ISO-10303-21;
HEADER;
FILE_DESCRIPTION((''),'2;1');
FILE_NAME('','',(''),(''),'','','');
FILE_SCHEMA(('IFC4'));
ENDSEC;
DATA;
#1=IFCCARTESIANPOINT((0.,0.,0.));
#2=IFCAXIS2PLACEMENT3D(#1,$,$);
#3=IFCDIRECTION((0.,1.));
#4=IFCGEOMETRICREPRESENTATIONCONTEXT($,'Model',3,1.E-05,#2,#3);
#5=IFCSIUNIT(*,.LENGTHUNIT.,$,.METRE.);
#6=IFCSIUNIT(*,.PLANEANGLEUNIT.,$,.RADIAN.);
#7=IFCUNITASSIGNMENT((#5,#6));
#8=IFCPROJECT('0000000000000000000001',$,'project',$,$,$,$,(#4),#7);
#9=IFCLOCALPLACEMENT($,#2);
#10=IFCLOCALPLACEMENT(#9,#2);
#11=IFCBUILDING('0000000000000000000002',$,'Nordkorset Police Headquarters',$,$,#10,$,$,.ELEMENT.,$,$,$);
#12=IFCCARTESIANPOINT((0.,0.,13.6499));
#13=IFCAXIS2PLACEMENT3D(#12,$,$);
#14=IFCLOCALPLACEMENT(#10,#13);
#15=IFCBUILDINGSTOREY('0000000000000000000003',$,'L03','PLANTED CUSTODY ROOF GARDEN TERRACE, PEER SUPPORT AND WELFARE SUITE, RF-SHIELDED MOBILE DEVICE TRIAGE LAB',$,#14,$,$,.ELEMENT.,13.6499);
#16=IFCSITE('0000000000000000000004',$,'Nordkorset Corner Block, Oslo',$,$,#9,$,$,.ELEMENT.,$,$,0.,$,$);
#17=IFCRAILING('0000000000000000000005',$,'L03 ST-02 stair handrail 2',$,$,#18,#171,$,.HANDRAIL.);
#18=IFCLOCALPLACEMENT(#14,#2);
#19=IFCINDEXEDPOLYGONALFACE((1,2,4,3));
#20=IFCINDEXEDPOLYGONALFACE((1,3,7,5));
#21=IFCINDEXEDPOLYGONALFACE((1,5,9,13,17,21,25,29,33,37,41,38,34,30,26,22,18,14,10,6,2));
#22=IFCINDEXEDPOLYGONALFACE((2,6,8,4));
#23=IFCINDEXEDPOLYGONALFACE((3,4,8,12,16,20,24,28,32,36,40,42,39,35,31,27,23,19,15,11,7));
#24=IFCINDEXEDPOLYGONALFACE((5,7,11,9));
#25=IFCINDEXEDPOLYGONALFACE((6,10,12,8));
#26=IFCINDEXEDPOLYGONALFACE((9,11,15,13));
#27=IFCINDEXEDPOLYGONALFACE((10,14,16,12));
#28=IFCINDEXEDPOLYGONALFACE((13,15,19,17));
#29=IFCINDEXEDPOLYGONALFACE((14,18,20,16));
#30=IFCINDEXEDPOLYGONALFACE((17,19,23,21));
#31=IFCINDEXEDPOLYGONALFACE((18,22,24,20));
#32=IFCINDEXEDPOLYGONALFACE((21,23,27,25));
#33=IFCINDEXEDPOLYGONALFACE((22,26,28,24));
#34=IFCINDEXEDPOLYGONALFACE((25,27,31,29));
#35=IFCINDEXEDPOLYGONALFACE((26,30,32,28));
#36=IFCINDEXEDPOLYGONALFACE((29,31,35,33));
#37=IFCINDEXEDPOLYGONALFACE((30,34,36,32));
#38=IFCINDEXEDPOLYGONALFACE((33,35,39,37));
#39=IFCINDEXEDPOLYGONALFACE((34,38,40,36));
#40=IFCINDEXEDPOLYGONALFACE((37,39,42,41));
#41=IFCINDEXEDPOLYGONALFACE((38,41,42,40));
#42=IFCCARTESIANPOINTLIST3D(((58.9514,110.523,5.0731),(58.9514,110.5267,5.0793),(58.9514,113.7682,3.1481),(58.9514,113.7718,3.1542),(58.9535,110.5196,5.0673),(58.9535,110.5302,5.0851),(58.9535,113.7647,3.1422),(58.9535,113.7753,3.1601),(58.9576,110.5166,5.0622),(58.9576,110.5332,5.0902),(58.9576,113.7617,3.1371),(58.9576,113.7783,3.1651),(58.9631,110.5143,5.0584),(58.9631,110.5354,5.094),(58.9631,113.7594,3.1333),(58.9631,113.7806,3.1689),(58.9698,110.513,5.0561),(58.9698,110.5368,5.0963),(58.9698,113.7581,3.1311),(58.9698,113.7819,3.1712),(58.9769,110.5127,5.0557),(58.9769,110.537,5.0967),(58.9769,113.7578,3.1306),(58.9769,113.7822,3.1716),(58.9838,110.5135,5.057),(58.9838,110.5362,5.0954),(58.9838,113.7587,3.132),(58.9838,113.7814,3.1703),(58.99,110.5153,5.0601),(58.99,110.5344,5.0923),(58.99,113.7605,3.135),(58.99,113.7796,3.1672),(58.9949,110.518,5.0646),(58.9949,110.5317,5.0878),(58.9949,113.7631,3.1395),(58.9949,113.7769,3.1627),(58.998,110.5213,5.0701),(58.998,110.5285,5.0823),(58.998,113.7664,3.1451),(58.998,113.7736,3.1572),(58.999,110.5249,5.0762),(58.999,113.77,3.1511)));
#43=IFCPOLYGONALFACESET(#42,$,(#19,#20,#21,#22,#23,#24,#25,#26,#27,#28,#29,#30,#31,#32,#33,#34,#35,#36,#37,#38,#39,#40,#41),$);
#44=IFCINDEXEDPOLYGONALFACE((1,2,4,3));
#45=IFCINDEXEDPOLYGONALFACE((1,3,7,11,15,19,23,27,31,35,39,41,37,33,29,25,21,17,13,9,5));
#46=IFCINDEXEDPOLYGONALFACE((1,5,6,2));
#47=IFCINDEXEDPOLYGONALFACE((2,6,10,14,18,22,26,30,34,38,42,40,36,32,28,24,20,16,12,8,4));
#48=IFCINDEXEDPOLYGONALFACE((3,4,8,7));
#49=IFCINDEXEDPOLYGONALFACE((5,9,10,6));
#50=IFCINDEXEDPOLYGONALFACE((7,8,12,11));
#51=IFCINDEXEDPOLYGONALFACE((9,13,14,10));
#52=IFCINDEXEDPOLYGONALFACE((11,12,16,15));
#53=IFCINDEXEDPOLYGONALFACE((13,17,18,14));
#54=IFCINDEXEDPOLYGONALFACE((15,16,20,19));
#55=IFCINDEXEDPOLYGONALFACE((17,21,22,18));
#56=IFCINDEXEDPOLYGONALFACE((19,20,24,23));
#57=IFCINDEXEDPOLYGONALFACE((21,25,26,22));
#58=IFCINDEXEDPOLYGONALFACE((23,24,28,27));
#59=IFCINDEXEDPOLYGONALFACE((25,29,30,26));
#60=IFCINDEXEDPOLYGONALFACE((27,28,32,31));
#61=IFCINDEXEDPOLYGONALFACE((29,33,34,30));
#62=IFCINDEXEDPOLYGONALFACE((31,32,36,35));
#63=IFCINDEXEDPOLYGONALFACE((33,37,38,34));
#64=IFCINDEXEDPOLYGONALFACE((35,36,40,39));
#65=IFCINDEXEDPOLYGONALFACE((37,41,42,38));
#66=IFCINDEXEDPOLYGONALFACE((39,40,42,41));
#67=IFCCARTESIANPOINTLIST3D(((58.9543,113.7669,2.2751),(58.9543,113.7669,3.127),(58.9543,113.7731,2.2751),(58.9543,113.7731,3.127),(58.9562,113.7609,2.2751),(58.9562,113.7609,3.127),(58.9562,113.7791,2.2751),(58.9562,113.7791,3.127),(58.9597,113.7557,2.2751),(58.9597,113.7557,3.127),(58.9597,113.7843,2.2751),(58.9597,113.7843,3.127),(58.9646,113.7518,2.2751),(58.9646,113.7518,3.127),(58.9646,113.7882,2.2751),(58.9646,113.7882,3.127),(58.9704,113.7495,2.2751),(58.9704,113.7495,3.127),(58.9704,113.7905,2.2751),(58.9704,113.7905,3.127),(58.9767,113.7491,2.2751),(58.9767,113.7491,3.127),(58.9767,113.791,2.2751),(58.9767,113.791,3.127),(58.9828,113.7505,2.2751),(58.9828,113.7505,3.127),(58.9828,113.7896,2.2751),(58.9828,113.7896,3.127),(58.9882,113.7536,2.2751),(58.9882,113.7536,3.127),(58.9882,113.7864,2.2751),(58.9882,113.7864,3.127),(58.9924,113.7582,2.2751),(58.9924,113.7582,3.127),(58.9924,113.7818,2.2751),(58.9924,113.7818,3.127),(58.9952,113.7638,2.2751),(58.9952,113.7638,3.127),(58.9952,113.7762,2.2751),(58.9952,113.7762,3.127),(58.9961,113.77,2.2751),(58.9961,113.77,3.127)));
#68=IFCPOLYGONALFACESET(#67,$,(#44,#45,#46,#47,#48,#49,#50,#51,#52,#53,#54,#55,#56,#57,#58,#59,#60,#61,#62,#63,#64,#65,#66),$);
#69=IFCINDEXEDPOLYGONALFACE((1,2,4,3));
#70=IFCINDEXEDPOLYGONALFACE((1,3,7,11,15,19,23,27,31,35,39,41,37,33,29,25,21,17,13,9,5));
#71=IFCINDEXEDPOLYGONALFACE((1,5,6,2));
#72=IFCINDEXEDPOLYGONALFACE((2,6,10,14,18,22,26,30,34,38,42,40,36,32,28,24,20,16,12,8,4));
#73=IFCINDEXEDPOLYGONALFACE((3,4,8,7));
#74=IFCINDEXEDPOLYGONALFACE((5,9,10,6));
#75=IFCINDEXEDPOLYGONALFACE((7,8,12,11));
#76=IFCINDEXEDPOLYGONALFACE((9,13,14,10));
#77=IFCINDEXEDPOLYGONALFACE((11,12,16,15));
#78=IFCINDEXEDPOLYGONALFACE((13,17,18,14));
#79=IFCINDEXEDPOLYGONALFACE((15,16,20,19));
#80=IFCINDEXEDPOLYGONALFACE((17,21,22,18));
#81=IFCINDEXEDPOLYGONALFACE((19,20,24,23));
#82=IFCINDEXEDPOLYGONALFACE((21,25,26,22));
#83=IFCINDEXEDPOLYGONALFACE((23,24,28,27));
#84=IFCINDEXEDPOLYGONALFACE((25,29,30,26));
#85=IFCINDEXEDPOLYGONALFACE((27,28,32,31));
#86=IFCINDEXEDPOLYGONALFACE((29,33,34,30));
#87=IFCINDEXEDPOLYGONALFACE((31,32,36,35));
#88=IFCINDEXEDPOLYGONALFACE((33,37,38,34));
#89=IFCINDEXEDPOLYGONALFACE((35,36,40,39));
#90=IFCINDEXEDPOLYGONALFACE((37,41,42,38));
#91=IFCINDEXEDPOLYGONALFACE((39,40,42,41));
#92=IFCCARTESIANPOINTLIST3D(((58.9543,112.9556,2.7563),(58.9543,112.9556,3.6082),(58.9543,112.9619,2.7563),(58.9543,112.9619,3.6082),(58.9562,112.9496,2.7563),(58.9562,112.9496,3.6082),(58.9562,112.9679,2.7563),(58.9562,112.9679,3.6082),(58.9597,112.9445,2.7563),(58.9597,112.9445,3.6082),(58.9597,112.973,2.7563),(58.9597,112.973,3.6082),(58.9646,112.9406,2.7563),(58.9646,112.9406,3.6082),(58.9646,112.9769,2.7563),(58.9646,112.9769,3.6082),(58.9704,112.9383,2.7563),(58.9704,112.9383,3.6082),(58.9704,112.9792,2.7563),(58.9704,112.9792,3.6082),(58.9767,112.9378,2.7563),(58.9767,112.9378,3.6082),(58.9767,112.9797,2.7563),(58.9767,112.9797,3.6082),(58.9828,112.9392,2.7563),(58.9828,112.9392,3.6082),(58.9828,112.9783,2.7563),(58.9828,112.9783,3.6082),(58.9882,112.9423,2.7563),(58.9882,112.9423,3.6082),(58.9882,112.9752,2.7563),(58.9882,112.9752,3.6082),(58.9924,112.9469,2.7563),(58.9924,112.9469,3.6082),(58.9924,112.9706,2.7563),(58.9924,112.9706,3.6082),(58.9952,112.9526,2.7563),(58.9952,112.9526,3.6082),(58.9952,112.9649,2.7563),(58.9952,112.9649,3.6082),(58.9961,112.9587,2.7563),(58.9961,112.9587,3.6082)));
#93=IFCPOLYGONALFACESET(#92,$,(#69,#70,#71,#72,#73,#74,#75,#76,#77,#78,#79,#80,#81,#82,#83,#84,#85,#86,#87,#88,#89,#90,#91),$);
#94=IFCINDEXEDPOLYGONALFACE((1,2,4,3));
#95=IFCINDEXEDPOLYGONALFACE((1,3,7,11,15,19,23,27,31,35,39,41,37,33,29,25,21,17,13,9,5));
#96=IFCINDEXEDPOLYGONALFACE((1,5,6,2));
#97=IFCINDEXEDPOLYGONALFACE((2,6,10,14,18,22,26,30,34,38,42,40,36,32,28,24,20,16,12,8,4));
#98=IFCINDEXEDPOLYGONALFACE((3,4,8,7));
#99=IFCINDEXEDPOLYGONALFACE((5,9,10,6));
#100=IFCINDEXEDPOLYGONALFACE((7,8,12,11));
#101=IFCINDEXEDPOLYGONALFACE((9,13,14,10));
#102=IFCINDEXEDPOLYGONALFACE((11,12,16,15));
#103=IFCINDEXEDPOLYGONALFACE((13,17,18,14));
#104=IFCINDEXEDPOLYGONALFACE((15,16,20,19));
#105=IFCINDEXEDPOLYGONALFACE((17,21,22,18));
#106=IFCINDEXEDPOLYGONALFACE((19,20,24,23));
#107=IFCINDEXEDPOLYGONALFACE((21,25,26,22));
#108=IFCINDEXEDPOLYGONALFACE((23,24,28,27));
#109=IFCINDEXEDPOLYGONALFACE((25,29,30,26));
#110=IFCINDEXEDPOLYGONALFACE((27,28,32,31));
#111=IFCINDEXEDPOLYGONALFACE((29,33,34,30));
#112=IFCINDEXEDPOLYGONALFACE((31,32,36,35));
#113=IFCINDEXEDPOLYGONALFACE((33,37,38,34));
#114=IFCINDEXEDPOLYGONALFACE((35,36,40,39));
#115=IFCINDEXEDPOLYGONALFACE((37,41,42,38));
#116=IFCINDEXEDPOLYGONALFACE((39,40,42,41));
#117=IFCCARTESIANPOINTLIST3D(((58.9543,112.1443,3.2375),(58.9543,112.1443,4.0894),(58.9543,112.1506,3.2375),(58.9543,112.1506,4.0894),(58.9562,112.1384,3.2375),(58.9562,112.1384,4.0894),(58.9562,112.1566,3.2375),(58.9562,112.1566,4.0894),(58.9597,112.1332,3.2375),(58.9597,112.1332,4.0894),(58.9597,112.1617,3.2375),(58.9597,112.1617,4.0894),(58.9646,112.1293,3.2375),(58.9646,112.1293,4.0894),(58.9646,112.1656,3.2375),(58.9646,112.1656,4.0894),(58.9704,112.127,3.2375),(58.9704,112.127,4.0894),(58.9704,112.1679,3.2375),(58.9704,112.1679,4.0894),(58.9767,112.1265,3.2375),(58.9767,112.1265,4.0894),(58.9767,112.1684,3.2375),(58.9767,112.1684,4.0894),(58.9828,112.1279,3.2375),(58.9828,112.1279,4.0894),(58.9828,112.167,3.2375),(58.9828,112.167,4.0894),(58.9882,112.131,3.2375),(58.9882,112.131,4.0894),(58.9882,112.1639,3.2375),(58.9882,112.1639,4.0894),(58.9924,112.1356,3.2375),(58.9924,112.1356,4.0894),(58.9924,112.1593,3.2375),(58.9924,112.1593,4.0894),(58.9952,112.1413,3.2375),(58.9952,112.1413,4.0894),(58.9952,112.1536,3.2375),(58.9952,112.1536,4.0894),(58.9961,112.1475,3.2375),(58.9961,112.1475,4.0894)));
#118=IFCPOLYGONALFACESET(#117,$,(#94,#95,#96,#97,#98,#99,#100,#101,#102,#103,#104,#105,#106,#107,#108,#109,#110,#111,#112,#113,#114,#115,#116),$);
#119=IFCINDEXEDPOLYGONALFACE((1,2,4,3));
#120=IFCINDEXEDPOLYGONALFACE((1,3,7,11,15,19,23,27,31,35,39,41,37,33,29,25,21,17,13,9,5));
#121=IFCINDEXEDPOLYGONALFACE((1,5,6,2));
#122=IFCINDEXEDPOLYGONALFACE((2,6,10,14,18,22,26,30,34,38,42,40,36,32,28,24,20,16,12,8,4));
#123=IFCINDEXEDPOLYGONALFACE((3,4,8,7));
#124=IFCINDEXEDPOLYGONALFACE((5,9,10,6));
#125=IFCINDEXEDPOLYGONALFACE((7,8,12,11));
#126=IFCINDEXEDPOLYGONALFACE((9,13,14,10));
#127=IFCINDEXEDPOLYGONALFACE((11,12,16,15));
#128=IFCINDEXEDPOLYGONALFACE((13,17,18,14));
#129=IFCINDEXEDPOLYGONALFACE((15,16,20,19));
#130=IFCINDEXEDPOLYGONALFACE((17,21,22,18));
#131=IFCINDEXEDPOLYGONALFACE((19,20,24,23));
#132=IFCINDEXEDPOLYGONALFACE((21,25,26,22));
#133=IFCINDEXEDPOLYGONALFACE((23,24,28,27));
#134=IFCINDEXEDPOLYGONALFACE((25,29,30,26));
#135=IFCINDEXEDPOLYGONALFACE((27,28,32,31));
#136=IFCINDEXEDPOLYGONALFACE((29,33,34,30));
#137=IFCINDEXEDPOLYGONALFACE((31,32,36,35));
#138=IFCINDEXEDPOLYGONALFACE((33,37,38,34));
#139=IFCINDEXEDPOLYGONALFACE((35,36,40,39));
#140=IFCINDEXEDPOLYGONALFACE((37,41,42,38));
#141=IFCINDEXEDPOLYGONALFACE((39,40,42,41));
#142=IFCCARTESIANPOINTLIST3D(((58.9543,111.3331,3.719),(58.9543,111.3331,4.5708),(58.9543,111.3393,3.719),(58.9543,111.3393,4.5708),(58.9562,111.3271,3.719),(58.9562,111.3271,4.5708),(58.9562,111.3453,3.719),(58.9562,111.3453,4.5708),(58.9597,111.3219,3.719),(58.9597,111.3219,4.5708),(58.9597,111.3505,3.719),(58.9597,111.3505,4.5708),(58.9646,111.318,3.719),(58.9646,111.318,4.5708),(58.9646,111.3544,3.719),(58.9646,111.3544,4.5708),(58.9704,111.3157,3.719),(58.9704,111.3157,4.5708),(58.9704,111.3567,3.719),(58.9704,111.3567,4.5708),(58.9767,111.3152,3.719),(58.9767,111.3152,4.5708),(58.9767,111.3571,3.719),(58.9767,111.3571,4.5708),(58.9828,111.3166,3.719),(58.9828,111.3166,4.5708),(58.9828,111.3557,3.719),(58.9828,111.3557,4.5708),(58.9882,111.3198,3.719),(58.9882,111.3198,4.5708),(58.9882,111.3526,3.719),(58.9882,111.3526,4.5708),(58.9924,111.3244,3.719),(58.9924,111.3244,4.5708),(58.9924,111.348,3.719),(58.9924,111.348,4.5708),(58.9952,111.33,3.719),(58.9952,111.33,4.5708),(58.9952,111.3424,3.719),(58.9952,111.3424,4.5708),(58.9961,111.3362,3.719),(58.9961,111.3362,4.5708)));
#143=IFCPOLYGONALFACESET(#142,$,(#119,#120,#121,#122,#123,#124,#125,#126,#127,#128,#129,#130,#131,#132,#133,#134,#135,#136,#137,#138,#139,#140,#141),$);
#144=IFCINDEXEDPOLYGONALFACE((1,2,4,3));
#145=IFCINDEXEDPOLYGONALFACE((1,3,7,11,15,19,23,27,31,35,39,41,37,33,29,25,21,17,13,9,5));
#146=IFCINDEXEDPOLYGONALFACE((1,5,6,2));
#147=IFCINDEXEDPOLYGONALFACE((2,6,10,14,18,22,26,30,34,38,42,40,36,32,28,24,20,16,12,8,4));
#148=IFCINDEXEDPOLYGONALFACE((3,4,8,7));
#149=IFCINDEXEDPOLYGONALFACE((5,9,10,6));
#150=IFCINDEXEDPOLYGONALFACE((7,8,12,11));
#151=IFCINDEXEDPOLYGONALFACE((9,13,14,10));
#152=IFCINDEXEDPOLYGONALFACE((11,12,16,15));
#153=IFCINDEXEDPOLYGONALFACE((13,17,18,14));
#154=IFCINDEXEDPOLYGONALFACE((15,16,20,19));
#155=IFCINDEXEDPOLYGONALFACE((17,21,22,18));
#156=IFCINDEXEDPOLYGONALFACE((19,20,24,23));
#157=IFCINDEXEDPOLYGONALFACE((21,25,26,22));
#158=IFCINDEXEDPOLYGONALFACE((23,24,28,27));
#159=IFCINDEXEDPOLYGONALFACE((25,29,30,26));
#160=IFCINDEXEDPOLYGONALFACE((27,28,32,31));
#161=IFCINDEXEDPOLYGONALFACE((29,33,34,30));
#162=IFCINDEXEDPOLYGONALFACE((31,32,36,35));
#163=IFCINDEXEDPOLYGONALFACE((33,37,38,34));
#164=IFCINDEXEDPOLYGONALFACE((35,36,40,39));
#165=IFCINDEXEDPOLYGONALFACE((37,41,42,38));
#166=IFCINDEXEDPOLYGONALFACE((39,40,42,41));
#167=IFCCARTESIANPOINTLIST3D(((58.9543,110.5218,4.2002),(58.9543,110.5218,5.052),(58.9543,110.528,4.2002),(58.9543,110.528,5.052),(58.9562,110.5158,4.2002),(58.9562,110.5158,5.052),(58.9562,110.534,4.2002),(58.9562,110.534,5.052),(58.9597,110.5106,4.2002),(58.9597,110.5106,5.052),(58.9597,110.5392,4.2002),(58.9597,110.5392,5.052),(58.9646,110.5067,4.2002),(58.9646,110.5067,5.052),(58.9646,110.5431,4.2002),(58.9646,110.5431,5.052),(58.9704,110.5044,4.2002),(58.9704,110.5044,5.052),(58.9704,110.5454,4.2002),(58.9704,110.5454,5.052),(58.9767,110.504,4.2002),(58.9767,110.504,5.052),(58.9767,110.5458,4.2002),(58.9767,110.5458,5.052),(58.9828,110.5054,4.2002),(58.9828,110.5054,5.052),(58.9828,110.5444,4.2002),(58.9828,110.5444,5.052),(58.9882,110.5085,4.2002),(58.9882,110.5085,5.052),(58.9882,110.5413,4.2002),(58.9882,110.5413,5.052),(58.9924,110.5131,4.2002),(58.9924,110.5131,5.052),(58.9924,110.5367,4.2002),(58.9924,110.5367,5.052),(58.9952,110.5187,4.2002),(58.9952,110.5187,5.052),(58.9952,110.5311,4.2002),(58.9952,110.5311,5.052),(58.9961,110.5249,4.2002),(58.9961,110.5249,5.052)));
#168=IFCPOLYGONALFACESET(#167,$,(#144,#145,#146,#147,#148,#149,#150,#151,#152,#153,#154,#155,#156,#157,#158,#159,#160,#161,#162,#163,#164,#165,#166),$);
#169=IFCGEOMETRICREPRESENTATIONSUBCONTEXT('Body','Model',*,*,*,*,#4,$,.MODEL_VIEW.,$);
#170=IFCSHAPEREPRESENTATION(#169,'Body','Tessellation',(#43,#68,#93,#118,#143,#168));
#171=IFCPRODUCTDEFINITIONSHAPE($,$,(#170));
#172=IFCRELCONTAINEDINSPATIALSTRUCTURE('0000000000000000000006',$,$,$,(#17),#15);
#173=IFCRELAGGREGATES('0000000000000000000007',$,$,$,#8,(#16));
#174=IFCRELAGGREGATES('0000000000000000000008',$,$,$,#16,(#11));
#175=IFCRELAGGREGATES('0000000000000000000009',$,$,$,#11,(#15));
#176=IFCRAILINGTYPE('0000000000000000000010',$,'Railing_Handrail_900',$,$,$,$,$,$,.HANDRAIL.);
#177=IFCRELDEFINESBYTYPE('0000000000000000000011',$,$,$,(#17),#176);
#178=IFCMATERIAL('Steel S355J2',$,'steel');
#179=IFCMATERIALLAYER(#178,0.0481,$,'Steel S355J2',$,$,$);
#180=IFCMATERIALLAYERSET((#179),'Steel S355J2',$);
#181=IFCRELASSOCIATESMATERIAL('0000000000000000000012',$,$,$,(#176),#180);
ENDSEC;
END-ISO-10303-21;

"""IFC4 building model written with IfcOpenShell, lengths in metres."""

from ifc_helpers import new_model, si_unit, direction, frame, origin, origin_2d, place, context, subcontext, project, spatial, circle, extrude, material, layer, layer_set, type_object, element, save


model = new_model("IFC4")

# Units and contexts
model_context = context("Model", 3, precision=1e-05, world=origin(), true_north=direction((0.0, 1.0)))
body_context = subcontext(model_context, "Body", "Model", "MODEL_VIEW")
ifc_project = project(units=[si_unit("LENGTHUNIT", "METRE"), si_unit("PLANEANGLEUNIT", "RADIAN")], contexts=[model_context])

# Site, building, storey
site_placement = place(None, origin())
site = spatial("IfcSite", under=ifc_project, at=site_placement, Name="Nordkorset Corner Block, Oslo", CompositionType="ELEMENT", RefElevation=0.0)
building_placement = place(site_placement, origin())
building = spatial("IfcBuilding", under=site, at=building_placement, Name="Nordkorset Police Headquarters", CompositionType="ELEMENT")
storey_placement = place(building_placement, frame((0.0, 0.0, 13.6499)))
storey = spatial("IfcBuildingStorey", under=building, at=storey_placement, Name="L03", Description="PLANTED CUSTODY ROOF GARDEN TERRACE, PEER SUPPORT AND WELFARE SUITE, RF-SHIELDED MOBILE DEVICE TRIAGE LAB", CompositionType="ELEMENT", Elevation=13.6499)

# Railing
ifc_material_1 = material(Name="Steel S355J2", Category="steel")
ifc_layer_1 = layer(ifc_material_1, 0.0481, Name="Steel S355J2")
ifc_layer_set_1 = layer_set([ifc_layer_1], Name="Steel S355J2")
railing_type_1 = type_object("IfcRailingType", Name="Railing_Handrail_900", PredefinedType="HANDRAIL", material=ifc_layer_set_1)
railing_1_placement = place(storey_placement, frame((58.9751, 113.77, 2.2751)))
element("IfcRailing", 1, at=railing_1_placement, inside=storey, type_object=railing_type_1, Name="L03 ST-02 stair handrail 2", PredefinedType="HANDRAIL", context=body_context, shape_type="SweptSolid", body=[
    extrude(circle(Radius=0.0239, at=origin_2d()), frame((0.0, 0.0, 0.876), z_axis=(0.0, -0.860057, 0.510198), x_axis=(1.0, 0.0, 0.0)), (0.0, 0.0, 1.0), 3.7732),
    extrude(circle(Radius=0.021, at=origin_2d()), origin(), (0.0, 0.0, 1.0), 0.8518),
    extrude(circle(Radius=0.021, at=origin_2d()), frame((0.0, -0.8113, 0.4812)), (0.0, 0.0, 1.0), 0.8518),
    extrude(circle(Radius=0.021, at=origin_2d()), frame((0.0, -1.6226, 0.9624)), (0.0, 0.0, 1.0), 0.8518),
    extrude(circle(Radius=0.021, at=origin_2d()), frame((0.0, -2.4338, 1.4438)), (0.0, 0.0, 1.0), 0.8518),
    extrude(circle(Radius=0.021, at=origin_2d()), frame((0.0, -3.2451, 1.925)), (0.0, 0.0, 1.0), 0.8518),
])

save(model, "model.ifc")
